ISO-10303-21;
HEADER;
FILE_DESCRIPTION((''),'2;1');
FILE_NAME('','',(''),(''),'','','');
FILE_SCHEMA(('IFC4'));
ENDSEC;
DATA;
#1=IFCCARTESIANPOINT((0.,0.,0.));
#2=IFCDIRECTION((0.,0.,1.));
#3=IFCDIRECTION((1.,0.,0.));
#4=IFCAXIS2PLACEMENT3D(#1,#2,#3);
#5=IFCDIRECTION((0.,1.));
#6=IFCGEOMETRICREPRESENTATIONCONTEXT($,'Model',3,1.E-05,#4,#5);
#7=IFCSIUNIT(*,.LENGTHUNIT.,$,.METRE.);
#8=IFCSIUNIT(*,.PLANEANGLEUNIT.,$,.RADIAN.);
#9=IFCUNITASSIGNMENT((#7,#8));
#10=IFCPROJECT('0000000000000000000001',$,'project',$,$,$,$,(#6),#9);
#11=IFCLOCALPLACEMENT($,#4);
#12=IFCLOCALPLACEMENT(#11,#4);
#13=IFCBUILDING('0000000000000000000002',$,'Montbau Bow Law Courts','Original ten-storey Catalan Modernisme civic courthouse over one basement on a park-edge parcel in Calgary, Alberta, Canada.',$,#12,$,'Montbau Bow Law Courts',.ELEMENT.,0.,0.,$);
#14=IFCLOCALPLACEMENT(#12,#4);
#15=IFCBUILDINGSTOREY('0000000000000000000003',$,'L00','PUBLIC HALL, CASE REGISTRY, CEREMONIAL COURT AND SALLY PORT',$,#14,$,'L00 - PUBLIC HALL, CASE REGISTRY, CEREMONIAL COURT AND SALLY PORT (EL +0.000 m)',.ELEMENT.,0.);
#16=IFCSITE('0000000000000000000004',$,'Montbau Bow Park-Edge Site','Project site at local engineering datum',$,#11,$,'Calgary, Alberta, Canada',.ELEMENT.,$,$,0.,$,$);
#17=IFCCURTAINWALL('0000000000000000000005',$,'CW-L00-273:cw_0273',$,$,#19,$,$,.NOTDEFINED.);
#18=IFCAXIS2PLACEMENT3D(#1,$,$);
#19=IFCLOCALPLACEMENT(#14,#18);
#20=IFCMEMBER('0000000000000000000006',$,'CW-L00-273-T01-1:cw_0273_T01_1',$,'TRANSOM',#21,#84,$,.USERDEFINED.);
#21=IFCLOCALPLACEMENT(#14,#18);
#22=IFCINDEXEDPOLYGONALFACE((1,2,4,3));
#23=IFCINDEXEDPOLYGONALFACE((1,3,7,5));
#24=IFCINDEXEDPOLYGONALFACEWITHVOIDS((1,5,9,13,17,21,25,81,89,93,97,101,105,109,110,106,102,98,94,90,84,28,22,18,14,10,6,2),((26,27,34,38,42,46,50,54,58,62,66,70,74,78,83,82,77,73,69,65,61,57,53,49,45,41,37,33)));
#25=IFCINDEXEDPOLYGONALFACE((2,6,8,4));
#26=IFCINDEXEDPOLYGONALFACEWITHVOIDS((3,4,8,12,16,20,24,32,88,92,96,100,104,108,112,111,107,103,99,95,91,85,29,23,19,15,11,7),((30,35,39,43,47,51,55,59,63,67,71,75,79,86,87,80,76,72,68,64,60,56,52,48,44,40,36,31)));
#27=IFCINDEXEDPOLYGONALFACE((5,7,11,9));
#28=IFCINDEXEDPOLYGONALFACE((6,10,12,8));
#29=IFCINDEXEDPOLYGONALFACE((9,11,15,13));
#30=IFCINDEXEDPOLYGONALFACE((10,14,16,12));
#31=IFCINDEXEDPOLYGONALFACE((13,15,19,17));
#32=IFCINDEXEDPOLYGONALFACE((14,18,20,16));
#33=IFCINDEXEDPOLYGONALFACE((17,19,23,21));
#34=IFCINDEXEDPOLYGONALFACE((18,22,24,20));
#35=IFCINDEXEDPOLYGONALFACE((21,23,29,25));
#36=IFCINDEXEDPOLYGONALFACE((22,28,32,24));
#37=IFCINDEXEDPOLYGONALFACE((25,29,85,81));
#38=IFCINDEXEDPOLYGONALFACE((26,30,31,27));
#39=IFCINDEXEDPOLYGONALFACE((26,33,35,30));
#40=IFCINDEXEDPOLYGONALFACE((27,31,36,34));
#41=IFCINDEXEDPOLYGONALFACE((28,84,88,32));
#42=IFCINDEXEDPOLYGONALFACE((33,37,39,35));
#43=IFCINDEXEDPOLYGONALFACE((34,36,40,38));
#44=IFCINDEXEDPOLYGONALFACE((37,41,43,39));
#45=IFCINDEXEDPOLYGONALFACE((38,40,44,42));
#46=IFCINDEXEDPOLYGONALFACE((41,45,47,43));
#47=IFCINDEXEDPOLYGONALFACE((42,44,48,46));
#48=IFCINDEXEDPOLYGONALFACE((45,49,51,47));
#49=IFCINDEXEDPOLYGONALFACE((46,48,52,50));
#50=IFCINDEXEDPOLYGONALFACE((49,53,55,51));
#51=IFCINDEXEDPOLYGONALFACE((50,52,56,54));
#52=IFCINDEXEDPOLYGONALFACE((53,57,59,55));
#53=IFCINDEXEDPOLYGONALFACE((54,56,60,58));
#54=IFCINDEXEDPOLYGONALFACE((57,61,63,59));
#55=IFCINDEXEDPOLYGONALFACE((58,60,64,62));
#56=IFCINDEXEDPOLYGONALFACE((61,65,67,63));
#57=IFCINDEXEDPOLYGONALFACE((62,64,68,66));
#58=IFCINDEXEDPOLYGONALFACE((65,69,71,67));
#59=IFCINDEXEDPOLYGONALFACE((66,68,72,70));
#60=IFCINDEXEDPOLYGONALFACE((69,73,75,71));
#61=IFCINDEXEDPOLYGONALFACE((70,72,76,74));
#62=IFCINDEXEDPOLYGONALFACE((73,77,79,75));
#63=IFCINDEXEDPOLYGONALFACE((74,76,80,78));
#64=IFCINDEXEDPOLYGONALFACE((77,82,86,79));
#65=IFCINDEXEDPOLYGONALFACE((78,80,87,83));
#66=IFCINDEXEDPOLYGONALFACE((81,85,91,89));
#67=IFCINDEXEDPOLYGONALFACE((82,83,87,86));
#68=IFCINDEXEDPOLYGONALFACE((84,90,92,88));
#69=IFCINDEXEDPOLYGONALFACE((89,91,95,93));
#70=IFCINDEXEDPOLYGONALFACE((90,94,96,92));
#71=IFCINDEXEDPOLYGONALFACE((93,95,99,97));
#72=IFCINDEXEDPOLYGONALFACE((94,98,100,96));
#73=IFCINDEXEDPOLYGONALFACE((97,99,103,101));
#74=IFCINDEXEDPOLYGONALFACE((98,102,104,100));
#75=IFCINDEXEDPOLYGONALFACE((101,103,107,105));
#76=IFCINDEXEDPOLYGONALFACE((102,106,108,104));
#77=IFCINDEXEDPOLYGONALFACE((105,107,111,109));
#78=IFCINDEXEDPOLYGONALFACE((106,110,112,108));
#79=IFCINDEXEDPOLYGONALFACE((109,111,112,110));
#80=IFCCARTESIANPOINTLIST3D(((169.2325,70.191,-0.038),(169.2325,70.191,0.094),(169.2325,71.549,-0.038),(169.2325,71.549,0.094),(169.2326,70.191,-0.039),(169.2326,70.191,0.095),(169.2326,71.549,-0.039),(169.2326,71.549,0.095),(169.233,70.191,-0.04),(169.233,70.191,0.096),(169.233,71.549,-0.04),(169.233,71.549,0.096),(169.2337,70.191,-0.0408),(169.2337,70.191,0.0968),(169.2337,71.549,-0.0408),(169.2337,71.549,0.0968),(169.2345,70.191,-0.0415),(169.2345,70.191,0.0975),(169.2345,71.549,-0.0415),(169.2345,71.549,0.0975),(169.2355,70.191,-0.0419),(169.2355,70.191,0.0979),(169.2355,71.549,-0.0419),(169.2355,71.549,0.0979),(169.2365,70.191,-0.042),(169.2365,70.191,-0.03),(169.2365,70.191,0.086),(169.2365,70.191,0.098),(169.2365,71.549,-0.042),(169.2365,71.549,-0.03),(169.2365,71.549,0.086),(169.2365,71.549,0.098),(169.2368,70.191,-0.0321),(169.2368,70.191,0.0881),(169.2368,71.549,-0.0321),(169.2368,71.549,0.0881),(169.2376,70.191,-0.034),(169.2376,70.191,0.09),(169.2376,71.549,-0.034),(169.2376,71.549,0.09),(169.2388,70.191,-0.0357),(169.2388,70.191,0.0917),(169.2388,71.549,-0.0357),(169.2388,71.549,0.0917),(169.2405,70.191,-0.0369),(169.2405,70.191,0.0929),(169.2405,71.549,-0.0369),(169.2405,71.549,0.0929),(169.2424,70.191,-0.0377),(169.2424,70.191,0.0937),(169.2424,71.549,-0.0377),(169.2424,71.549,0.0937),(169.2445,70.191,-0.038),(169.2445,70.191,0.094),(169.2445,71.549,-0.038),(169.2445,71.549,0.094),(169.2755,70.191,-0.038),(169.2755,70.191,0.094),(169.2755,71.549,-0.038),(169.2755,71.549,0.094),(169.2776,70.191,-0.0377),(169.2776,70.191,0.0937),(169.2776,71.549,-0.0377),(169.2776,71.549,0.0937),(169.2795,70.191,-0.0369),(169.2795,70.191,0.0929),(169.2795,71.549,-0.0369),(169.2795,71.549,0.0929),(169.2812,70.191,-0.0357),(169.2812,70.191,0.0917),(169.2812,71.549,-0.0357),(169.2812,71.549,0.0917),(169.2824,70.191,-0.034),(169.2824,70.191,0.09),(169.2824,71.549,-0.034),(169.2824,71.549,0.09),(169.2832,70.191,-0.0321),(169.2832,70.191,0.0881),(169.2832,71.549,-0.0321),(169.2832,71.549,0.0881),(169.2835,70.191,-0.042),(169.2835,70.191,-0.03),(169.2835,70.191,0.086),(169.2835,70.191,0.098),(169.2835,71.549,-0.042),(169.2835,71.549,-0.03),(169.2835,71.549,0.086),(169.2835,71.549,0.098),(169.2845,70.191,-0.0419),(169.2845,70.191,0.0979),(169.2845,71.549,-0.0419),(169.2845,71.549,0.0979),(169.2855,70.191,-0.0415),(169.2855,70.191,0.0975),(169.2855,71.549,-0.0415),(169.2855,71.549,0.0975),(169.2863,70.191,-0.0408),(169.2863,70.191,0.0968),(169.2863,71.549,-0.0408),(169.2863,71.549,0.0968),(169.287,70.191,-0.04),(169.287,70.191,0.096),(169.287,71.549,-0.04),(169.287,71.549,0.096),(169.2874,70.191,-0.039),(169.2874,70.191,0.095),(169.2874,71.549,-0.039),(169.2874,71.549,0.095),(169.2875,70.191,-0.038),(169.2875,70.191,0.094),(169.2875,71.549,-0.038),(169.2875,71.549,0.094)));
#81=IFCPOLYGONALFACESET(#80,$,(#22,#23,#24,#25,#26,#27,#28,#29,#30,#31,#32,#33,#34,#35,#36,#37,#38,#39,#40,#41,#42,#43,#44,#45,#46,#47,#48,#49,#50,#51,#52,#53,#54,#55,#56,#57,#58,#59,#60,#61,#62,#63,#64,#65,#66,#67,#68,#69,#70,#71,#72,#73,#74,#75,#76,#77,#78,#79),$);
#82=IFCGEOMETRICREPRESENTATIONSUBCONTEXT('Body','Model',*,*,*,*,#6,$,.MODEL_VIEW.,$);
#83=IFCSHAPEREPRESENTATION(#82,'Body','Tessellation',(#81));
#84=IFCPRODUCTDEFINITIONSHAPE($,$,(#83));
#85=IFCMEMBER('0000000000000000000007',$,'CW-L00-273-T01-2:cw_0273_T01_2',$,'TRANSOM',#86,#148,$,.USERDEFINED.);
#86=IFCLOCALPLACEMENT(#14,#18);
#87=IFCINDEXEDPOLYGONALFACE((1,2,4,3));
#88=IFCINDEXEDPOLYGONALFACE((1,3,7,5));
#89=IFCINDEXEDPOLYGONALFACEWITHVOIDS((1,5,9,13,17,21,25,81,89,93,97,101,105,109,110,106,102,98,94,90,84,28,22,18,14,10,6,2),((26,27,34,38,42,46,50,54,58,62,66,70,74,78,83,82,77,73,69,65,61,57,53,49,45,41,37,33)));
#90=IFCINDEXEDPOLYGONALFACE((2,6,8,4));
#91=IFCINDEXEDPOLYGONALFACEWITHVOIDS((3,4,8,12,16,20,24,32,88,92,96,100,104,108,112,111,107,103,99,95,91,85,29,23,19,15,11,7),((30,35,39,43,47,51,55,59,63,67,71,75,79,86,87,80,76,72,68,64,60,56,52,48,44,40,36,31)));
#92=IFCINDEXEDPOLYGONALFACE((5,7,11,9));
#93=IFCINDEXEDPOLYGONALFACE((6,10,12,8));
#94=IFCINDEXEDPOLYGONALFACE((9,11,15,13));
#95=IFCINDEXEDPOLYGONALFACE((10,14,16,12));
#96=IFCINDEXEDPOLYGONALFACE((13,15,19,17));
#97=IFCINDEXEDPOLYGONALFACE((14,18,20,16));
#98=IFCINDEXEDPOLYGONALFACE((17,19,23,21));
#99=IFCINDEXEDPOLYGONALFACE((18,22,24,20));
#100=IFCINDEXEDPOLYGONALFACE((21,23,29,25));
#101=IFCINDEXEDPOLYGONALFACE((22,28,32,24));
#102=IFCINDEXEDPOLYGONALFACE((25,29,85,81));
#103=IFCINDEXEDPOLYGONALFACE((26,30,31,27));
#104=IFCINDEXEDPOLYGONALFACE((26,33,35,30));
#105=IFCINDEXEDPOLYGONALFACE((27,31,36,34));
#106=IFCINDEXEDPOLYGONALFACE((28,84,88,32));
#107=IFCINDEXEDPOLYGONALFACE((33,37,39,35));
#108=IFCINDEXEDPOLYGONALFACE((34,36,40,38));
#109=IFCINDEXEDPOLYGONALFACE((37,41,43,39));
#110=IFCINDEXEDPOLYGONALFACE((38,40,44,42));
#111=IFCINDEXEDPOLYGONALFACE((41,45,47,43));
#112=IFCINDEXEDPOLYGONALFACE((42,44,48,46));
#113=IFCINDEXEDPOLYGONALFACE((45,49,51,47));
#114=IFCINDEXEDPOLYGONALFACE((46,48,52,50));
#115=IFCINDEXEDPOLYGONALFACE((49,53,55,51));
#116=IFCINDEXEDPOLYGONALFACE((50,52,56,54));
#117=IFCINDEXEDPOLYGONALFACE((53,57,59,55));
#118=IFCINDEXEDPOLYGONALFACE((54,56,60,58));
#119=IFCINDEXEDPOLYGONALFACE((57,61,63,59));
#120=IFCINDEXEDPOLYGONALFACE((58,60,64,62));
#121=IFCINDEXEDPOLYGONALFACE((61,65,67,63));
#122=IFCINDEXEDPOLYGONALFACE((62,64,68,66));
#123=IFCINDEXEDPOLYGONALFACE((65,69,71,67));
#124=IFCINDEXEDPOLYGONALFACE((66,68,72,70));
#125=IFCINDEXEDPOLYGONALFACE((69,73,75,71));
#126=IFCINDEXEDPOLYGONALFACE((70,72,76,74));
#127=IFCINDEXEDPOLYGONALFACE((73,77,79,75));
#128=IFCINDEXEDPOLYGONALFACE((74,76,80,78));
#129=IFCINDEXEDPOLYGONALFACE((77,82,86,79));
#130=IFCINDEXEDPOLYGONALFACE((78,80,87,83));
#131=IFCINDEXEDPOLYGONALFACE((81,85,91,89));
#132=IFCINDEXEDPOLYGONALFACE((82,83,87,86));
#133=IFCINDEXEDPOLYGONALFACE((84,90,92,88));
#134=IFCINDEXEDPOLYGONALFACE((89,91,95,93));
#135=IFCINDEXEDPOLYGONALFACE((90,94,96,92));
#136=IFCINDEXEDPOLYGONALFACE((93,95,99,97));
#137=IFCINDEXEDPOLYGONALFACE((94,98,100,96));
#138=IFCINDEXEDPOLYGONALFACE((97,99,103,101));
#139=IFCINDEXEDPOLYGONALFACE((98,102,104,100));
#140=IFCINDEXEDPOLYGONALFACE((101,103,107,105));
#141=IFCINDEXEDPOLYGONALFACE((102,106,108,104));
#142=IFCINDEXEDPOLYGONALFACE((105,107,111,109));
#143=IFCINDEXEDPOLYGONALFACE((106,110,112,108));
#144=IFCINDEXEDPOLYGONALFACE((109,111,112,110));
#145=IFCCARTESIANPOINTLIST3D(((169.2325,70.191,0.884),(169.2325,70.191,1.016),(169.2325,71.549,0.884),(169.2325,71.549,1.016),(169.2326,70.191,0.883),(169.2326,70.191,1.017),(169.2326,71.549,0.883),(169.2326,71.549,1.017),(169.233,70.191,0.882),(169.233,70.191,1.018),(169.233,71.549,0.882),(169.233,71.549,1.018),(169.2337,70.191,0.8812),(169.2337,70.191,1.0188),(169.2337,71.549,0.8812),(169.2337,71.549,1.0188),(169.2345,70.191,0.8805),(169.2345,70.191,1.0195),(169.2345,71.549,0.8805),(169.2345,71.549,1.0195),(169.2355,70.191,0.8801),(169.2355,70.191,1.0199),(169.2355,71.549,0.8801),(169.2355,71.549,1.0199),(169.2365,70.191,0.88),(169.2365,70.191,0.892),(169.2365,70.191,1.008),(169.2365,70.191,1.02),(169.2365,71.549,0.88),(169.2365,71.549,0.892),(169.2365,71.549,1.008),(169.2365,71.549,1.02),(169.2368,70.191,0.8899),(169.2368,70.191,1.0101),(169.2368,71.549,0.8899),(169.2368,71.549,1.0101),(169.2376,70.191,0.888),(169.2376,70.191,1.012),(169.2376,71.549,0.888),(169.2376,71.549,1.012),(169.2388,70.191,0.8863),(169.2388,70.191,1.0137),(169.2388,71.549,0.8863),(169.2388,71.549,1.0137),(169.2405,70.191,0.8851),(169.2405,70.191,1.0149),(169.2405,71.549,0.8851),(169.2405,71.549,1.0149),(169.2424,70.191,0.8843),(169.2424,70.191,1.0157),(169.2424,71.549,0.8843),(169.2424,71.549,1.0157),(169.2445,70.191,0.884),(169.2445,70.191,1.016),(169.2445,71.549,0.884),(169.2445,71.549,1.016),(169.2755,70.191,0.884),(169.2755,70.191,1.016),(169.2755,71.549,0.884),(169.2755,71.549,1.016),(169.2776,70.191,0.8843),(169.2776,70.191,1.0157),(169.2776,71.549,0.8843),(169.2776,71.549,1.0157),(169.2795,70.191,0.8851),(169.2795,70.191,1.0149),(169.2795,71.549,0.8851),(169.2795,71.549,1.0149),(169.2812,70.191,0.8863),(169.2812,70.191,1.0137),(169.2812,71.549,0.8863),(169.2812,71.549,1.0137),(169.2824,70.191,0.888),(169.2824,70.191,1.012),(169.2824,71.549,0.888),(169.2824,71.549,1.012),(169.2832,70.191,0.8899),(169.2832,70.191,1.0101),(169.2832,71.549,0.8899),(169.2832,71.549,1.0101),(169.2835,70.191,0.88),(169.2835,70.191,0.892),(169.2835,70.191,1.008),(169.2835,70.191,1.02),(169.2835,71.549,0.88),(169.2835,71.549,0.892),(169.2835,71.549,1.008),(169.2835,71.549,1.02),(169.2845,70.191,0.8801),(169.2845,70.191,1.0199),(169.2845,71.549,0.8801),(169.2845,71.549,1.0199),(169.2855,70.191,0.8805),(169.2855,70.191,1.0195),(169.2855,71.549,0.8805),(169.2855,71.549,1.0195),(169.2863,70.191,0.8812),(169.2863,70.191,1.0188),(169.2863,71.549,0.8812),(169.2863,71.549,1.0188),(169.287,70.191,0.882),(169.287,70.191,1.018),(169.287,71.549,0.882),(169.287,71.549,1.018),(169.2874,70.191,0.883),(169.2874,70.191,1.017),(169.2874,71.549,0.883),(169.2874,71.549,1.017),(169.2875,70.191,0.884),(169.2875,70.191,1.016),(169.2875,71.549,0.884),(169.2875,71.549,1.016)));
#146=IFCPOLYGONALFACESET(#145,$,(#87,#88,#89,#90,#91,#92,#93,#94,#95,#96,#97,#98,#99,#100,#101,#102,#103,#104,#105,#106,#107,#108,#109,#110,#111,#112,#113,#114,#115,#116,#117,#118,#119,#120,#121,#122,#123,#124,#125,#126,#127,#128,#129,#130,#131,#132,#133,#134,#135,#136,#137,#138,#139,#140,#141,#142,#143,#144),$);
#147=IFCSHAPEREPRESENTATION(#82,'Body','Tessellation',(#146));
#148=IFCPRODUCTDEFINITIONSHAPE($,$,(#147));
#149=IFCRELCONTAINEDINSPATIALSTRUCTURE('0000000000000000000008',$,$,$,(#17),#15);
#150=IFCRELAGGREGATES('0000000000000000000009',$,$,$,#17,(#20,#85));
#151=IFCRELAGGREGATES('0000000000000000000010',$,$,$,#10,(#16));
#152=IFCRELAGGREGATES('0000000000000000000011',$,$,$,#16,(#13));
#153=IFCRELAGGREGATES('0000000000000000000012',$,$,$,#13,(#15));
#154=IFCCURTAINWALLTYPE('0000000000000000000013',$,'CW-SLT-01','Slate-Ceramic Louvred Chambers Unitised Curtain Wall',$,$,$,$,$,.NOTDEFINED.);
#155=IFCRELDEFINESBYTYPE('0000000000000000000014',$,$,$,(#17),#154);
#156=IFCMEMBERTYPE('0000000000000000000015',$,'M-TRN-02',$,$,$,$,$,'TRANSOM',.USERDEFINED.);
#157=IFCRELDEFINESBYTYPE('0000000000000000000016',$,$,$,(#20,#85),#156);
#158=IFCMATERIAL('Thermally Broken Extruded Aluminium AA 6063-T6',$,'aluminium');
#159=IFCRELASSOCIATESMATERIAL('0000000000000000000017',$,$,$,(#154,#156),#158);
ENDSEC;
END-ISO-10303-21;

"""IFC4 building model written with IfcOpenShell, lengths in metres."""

from ifc_helpers import new_model, si_unit, direction, frame, origin_with_axes, origin_2d_with_axis, place, context, subcontext, project, spatial, hollow_rectangle, extrude, material, material_profile, profile_set, type_object, element, aggregate, save


model = new_model("IFC4")

# Units and contexts
model_context = context("Model", 3, precision=1e-05, world=origin_with_axes(), true_north=direction((0.0, 1.0)))
body_context = subcontext(model_context, "Body", "Model", "MODEL_VIEW")
ifc_project = project(units=[si_unit("LENGTHUNIT", "METRE"), si_unit("PLANEANGLEUNIT", "RADIAN")], contexts=[model_context])

# Site, building, storey
site_placement = place(None, origin_with_axes())
site = spatial("IfcSite", under=ifc_project, at=site_placement, Name="Montbau Bow Park-Edge Site", Description="Project site at local engineering datum", LongName="Calgary, Alberta, Canada", CompositionType="ELEMENT", RefElevation=0.0)
building_placement = place(site_placement, origin_with_axes())
building = spatial("IfcBuilding", under=site, at=building_placement, Name="Montbau Bow Law Courts", Description="Original ten-storey Catalan Modernisme civic courthouse over one basement on a park-edge parcel in Calgary, Alberta, Canada.", LongName="Montbau Bow Law Courts", CompositionType="ELEMENT", ElevationOfRefHeight=0.0, ElevationOfTerrain=0.0)
storey_placement = place(building_placement, origin_with_axes())
storey = spatial("IfcBuildingStorey", under=building, at=storey_placement, Name="L00", Description="PUBLIC HALL, CASE REGISTRY, CEREMONIAL COURT AND SALLY PORT", LongName="L00 - PUBLIC HALL, CASE REGISTRY, CEREMONIAL COURT AND SALLY PORT (EL +0.000 m)", CompositionType="ELEMENT", Elevation=0.0)

# Curtain wall
ifc_material_1 = material(Name="Thermally Broken Extruded Aluminium AA 6063-T6", Category="aluminium")
curtain_wall_type = type_object("IfcCurtainWallType", Name="CW-SLT-01", Description="Slate-Ceramic Louvred Chambers Unitised Curtain Wall", PredefinedType="NOTDEFINED", material=ifc_material_1)
curtain_wall_1_placement = place(None, frame((169.26, 70.115, 0.0), z_axis=(0.0, 0.0, 1.0), x_axis=(1.0, 0.0, 0.0)))
curtain_wall_1 = element("IfcCurtainWall", 1, at=curtain_wall_1_placement, inside=storey, type_object=curtain_wall_type, Name="CW-L00-273:cw_0273", PredefinedType="NOTDEFINED")

# Members
ifc_material_profile_1 = material_profile(ifc_material_1, hollow_rectangle(XDim=0.055, YDim=0.14, WallThickness=0.004, InnerFilletRadius=0.008, OuterFilletRadius=0.004, at=origin_2d_with_axis()), Name="CWT-140X55", Category="Main", Priority=0)
ifc_profile_set_1 = profile_set([ifc_material_profile_1], Name="Thermally Broken Extruded Aluminium AA 6063-T6")
member_type_1 = type_object("IfcMemberType", Name="M-TRN-02", ElementType="TRANSOM", PredefinedType="USERDEFINED", material=ifc_profile_set_1)
member_1_placement = place(None, frame((169.26, 70.191, 0.028), z_axis=(0.0, 1.0, 0.0), x_axis=(-1.0, 0.0, 0.0)))
member_1 = element("IfcMember", 2, at=member_1_placement, type_object=member_type_1, Name="CW-L00-273-T01-1:cw_0273_T01_1", ObjectType="TRANSOM", PredefinedType="USERDEFINED", context=body_context, shape_type="SweptSolid", body=[
    extrude(hollow_rectangle(XDim=0.055, YDim=0.14, WallThickness=0.004, InnerFilletRadius=0.008, OuterFilletRadius=0.004, at=origin_2d_with_axis()), origin_with_axes(), (0.0, 0.0, 1.0), 1.358),
])
member_2_placement = place(None, frame((169.26, 70.191, 0.95), z_axis=(0.0, 1.0, 0.0), x_axis=(-1.0, 0.0, 0.0)))
member_2 = element("IfcMember", 3, at=member_2_placement, type_object=member_type_1, Name="CW-L00-273-T01-2:cw_0273_T01_2", ObjectType="TRANSOM", PredefinedType="USERDEFINED", context=body_context, shape_type="SweptSolid", body=[
    extrude(hollow_rectangle(XDim=0.055, YDim=0.14, WallThickness=0.004, InnerFilletRadius=0.008, OuterFilletRadius=0.004, at=origin_2d_with_axis()), origin_with_axes(), (0.0, 0.0, 1.0), 1.358),
])

aggregate(curtain_wall_1, [member_1, member_2])

save(model, "model.ifc")
